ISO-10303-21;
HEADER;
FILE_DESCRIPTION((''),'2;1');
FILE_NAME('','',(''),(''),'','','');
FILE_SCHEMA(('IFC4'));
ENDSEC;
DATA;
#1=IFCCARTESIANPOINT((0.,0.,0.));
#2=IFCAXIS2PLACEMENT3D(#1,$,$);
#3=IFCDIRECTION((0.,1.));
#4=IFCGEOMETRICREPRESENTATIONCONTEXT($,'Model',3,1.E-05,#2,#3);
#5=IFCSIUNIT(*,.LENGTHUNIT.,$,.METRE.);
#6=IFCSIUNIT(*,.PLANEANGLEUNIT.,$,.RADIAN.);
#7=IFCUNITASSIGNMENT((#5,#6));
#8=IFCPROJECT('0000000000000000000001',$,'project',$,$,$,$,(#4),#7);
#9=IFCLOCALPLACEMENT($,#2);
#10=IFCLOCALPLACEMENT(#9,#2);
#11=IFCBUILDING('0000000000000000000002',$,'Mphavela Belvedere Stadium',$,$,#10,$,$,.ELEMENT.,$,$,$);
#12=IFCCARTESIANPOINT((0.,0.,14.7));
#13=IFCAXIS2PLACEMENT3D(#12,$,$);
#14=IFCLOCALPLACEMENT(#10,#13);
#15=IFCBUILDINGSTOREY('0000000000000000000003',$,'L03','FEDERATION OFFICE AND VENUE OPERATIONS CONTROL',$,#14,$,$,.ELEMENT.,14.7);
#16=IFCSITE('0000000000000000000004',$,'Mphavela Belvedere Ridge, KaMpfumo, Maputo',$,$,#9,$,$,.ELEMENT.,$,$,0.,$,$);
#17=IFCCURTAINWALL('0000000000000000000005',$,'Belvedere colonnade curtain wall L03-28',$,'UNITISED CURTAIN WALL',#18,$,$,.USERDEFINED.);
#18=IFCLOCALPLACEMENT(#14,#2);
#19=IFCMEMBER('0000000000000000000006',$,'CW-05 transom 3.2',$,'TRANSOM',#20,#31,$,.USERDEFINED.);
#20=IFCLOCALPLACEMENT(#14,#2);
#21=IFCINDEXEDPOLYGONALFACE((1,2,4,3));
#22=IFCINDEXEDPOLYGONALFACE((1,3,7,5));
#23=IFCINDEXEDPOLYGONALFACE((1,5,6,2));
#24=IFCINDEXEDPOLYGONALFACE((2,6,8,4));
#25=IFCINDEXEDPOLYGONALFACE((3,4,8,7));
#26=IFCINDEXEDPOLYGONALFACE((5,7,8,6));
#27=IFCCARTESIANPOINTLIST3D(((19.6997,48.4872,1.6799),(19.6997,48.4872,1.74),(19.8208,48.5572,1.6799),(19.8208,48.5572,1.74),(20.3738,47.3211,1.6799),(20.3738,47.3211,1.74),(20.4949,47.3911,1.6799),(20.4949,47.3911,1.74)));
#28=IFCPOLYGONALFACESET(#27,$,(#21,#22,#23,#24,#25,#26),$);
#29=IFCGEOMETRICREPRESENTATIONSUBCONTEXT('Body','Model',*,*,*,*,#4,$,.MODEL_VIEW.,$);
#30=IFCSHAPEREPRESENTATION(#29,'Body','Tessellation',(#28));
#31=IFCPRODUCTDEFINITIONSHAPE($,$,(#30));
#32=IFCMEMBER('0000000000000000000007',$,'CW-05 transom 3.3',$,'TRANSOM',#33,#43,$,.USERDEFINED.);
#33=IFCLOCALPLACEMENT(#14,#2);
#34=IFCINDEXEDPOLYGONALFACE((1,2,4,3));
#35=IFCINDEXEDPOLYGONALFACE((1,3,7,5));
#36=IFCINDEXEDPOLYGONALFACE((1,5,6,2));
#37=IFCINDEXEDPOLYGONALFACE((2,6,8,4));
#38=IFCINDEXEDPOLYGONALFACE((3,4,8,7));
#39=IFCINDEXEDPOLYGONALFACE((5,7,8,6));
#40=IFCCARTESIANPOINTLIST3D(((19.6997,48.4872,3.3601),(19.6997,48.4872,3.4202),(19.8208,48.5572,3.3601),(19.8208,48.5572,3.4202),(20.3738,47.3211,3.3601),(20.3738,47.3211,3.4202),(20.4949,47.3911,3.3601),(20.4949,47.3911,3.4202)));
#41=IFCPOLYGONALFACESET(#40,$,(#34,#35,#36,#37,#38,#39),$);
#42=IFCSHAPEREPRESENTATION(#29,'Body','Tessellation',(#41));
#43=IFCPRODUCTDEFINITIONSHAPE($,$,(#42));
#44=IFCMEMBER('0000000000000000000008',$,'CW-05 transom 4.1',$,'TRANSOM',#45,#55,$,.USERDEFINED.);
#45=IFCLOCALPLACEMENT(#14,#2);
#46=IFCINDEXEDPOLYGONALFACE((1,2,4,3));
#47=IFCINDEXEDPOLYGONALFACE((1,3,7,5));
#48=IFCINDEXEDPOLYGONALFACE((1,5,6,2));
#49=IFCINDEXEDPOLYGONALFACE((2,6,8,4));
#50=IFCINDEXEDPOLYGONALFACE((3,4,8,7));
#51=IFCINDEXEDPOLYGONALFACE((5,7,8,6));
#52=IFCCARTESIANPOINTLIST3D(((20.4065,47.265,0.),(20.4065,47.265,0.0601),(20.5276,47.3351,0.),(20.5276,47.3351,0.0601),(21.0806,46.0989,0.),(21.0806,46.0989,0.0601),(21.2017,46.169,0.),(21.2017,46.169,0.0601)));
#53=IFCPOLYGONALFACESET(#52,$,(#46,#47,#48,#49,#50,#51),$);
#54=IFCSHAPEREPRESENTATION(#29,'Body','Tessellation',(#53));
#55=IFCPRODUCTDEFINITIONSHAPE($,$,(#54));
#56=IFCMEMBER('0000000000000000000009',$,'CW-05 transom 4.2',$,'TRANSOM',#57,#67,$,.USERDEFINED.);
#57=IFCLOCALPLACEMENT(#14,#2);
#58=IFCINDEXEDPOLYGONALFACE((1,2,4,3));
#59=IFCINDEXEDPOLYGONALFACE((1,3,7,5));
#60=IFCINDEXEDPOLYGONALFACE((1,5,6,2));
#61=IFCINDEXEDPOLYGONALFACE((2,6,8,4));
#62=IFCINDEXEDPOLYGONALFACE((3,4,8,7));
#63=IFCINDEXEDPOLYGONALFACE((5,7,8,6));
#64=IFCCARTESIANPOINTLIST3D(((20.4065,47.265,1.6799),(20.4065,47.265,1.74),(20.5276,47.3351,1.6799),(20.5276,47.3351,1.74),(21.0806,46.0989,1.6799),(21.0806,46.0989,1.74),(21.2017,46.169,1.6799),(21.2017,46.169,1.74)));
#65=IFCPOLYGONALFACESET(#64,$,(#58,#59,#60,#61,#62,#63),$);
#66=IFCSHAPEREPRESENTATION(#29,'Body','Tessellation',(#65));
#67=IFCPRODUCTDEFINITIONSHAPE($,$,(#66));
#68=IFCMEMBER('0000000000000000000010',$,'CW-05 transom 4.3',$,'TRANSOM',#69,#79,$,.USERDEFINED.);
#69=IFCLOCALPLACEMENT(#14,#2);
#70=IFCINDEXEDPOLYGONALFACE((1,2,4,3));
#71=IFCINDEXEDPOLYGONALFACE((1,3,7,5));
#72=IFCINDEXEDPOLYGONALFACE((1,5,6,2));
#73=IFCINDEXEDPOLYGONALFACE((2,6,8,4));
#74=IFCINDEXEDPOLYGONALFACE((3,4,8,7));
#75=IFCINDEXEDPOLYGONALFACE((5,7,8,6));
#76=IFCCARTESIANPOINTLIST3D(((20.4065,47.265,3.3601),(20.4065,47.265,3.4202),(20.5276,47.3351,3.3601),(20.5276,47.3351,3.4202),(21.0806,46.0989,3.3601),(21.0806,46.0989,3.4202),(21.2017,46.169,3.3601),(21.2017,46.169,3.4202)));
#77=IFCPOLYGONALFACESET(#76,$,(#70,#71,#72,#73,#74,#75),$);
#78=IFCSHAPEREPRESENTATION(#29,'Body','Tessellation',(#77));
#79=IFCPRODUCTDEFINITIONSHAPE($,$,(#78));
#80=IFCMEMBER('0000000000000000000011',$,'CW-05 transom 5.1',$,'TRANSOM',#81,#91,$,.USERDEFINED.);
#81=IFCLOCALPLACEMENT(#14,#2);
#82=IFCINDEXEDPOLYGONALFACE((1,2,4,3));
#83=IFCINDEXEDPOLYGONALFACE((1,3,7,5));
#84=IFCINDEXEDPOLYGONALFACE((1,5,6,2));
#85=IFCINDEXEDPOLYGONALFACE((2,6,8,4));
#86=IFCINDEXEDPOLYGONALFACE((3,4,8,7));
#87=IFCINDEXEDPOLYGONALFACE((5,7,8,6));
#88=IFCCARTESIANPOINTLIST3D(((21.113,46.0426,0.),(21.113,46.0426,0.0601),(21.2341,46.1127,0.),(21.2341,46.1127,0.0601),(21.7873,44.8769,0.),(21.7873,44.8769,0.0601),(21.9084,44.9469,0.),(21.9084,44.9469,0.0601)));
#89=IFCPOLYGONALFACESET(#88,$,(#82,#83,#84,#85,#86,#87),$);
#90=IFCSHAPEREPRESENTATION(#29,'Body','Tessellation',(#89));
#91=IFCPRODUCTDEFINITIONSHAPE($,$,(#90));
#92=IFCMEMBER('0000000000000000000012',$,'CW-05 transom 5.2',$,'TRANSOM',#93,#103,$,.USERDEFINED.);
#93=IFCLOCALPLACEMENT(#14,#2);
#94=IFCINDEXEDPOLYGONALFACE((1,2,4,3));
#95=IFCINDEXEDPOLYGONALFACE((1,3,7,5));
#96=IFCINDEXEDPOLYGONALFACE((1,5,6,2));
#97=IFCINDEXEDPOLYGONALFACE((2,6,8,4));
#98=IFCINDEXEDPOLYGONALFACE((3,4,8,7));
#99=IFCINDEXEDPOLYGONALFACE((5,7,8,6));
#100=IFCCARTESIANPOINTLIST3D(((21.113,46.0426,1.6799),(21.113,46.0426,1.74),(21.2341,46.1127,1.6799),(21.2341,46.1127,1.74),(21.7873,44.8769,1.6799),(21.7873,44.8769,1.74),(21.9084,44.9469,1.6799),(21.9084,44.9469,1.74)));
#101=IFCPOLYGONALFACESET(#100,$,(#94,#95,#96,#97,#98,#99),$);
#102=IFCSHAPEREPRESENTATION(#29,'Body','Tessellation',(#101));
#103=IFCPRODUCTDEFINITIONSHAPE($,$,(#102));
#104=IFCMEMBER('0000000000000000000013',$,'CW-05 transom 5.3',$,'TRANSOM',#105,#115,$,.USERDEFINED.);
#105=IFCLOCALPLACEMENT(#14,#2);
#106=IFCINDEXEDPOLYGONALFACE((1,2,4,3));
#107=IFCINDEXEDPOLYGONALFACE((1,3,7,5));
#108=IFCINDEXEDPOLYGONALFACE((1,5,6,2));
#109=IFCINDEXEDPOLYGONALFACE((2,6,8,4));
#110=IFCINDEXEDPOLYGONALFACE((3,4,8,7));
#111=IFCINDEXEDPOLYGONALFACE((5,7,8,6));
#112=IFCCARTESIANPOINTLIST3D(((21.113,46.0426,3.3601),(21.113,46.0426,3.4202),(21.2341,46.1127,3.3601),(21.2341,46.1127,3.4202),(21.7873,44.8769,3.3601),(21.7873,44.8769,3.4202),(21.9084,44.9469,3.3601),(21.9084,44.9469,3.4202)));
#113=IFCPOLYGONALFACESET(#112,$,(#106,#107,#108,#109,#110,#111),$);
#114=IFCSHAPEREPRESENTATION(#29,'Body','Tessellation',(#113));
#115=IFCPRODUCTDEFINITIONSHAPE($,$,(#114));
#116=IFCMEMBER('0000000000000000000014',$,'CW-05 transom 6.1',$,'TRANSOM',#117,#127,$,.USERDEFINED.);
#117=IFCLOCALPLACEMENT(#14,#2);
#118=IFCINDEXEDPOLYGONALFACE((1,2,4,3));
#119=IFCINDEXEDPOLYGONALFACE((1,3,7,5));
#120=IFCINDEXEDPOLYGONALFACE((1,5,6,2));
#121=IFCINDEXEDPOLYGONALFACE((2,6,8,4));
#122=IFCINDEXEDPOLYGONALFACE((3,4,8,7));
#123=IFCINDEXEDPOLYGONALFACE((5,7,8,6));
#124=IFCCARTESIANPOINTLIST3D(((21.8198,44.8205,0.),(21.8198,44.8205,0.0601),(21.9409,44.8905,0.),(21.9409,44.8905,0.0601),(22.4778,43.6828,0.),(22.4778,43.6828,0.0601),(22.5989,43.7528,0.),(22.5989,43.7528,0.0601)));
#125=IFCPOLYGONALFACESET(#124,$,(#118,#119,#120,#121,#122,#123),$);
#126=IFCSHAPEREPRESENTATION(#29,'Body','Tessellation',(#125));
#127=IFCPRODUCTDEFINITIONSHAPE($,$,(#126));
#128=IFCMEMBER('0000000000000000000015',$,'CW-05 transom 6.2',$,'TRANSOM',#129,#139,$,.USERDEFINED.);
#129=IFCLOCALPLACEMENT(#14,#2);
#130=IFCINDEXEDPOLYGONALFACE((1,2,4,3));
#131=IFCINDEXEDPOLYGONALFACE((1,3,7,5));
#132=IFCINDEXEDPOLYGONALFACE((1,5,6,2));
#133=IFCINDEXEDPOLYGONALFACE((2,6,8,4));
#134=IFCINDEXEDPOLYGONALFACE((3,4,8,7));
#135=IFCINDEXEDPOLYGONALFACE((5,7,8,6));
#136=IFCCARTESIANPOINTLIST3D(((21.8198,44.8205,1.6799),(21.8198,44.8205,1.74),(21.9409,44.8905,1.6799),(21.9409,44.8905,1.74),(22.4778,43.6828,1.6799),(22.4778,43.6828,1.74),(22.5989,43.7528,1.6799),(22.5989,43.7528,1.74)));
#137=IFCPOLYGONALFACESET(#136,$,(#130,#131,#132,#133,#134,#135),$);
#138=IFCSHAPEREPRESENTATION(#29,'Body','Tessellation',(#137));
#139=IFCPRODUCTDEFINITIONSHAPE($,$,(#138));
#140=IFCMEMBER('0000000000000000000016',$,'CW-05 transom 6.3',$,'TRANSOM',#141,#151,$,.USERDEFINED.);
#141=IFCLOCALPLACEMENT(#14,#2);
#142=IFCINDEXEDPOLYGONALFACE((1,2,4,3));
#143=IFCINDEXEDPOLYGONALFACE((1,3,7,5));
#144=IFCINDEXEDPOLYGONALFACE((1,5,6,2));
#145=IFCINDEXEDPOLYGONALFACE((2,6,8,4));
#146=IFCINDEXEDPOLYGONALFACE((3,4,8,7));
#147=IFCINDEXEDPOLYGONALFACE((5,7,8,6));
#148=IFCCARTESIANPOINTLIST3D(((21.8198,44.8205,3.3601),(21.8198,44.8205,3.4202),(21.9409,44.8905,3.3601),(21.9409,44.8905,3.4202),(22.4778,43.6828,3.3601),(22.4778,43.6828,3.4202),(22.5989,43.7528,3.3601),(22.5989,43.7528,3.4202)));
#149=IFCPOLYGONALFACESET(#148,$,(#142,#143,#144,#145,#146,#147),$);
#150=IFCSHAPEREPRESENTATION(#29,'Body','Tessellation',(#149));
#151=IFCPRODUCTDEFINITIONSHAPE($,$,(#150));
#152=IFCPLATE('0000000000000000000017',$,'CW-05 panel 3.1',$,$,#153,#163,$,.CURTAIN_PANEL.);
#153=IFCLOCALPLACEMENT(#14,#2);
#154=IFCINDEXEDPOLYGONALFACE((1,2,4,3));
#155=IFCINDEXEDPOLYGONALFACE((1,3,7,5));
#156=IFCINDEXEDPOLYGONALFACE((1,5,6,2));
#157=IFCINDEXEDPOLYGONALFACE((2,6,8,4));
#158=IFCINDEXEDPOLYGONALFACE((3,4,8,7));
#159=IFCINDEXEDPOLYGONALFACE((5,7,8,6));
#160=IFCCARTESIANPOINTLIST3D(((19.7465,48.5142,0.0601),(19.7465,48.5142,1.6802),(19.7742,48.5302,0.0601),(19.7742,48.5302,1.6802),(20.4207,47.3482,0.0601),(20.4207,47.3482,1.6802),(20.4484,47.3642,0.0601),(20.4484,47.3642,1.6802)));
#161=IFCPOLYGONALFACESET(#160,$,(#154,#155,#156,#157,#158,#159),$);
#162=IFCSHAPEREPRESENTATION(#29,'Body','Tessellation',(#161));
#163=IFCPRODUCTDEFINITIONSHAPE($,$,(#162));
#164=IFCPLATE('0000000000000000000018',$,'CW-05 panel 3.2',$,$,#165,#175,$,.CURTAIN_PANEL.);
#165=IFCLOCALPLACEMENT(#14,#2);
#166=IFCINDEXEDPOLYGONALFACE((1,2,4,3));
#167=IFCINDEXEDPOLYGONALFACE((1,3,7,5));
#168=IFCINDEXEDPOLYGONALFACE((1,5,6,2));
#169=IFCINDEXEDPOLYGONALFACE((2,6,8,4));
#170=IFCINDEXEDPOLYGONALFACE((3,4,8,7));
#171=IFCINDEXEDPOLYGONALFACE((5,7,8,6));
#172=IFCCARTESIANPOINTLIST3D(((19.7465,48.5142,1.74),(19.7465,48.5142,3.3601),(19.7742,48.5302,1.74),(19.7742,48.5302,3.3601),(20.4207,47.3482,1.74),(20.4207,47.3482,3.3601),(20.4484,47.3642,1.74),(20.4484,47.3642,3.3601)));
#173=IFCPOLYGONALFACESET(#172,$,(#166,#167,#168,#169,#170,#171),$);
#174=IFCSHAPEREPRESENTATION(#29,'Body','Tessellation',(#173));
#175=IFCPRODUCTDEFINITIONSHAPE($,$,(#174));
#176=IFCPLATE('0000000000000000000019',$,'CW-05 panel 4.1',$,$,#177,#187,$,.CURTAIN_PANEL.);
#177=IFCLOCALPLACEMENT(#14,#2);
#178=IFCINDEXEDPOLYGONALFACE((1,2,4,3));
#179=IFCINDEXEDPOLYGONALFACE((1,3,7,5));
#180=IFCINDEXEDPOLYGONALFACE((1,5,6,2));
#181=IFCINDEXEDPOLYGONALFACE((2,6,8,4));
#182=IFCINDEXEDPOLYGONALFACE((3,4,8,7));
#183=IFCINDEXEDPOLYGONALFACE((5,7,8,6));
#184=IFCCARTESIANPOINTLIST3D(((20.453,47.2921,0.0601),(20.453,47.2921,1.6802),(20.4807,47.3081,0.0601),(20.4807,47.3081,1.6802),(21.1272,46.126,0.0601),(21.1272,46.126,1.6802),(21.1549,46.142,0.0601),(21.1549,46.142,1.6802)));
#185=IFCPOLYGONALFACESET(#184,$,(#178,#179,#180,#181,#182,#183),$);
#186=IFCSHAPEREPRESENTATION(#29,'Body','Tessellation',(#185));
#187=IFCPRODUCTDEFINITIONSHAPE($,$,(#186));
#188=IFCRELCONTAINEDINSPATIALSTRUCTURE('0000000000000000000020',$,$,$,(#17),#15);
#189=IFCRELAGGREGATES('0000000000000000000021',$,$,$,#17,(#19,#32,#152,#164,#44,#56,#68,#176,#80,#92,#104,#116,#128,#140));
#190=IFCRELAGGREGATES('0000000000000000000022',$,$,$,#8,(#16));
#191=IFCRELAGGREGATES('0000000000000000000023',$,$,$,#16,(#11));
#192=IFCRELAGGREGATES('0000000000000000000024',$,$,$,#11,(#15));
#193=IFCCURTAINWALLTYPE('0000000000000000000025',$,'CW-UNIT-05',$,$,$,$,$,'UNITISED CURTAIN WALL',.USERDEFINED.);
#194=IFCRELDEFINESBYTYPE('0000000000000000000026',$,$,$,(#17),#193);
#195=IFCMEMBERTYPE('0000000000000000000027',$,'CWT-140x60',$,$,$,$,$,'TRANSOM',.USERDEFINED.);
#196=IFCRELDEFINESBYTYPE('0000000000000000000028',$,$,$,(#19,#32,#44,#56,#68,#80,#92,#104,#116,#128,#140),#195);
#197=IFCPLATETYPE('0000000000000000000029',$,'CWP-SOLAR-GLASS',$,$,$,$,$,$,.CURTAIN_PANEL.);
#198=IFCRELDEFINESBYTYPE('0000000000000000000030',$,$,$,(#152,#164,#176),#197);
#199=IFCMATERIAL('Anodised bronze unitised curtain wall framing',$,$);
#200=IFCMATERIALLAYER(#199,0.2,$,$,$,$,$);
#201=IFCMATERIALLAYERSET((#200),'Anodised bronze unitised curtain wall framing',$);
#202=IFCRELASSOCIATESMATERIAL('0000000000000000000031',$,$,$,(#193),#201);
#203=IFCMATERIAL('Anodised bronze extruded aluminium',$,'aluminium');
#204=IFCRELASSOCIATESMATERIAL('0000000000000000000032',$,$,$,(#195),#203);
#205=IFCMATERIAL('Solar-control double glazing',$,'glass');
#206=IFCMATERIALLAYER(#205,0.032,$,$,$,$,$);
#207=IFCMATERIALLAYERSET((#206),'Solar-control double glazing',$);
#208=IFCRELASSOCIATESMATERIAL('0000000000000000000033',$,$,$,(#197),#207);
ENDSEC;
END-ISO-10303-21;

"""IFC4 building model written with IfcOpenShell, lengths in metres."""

from ifc_helpers import new_model, si_unit, direction, frame, origin, origin_2d, place, context, subcontext, project, spatial, rectangle, extrude, material, layer, layer_set, material_profile, profile_set, type_object, element, aggregate, save


model = new_model("IFC4")

# Units and contexts
model_context = context("Model", 3, precision=1e-05, world=origin(), true_north=direction((0.0, 1.0)))
body_context = subcontext(model_context, "Body", "Model", "MODEL_VIEW")
ifc_project = project(units=[si_unit("LENGTHUNIT", "METRE"), si_unit("PLANEANGLEUNIT", "RADIAN")], contexts=[model_context])

# Site, building, storey
site_placement = place(None, origin())
site = spatial("IfcSite", under=ifc_project, at=site_placement, Name="Mphavela Belvedere Ridge, KaMpfumo, Maputo", CompositionType="ELEMENT", RefElevation=0.0)
building_placement = place(site_placement, origin())
building = spatial("IfcBuilding", under=site, at=building_placement, Name="Mphavela Belvedere Stadium", CompositionType="ELEMENT")
storey_placement = place(building_placement, frame((0.0, 0.0, 14.7)))
storey = spatial("IfcBuildingStorey", under=building, at=storey_placement, Name="L03", Description="FEDERATION OFFICE AND VENUE OPERATIONS CONTROL", CompositionType="ELEMENT", Elevation=14.7)

# Curtain wall, members, plates
ifc_material_1 = material(Name="Anodised bronze unitised curtain wall framing")
ifc_layer_1 = layer(ifc_material_1, 0.2)
ifc_layer_set_1 = layer_set([ifc_layer_1], Name="Anodised bronze unitised curtain wall framing")
curtain_wall_type = type_object("IfcCurtainWallType", Name="CW-UNIT-05", ElementType="UNITISED CURTAIN WALL", PredefinedType="USERDEFINED", material=ifc_layer_set_1)
curtain_wall_placement = place(storey_placement, origin())
curtain_wall = element("IfcCurtainWall", 1, at=curtain_wall_placement, inside=storey, type_object=curtain_wall_type, Name="Belvedere colonnade curtain wall L03-28", ObjectType="UNITISED CURTAIN WALL", PredefinedType="USERDEFINED")
ifc_material_2 = material(Name="Anodised bronze extruded aluminium", Category="aluminium")
ifc_material_profile_1 = material_profile(ifc_material_2, rectangle(XDim=0.1399, YDim=0.0601, at=origin_2d()), Name="CW-TRN 140x60")
ifc_profile_set_1 = profile_set([ifc_material_profile_1], Name="Anodised bronze extruded aluminium")
member_type_1 = type_object("IfcMemberType", Name="CWT-140x60", ElementType="TRANSOM", PredefinedType="USERDEFINED", material=ifc_profile_set_1)
member_1_placement = place(storey_placement, frame((19.7603, 48.5222, 1.71), z_axis=(0.500486, -0.865745, 0.0), x_axis=(0.865745, 0.500486, 0.0)))
member_1 = element("IfcMember", 2, at=member_1_placement, type_object=member_type_1, Name="CW-05 transom 3.2", ObjectType="TRANSOM", PredefinedType="USERDEFINED", context=body_context, shape_type="SweptSolid", body=[
    extrude(rectangle(XDim=0.1399, YDim=0.0601, at=origin_2d()), origin(), (0.0, 0.0, 1.0), 1.3469),
])
member_2_placement = place(storey_placement, frame((19.7603, 48.5222, 3.3901), z_axis=(0.500486, -0.865745, 0.0), x_axis=(0.865745, 0.500486, 0.0)))
member_2 = element("IfcMember", 3, at=member_2_placement, type_object=member_type_1, Name="CW-05 transom 3.3", ObjectType="TRANSOM", PredefinedType="USERDEFINED", context=body_context, shape_type="SweptSolid", body=[
    extrude(rectangle(XDim=0.1399, YDim=0.0601, at=origin_2d()), origin(), (0.0, 0.0, 1.0), 1.3469),
])
member_3_placement = place(storey_placement, frame((20.467, 47.3, 0.03), z_axis=(0.500486, -0.865745, 0.0), x_axis=(0.865745, 0.500486, 0.0)))
member_3 = element("IfcMember", 4, at=member_3_placement, type_object=member_type_1, Name="CW-05 transom 4.1", ObjectType="TRANSOM", PredefinedType="USERDEFINED", context=body_context, shape_type="SweptSolid", body=[
    extrude(rectangle(XDim=0.1399, YDim=0.0601, at=origin_2d()), origin(), (0.0, 0.0, 1.0), 1.3469),
])
member_4_placement = place(storey_placement, frame((20.467, 47.3, 1.71), z_axis=(0.500486, -0.865745, 0.0), x_axis=(0.865745, 0.500486, 0.0)))
member_4 = element("IfcMember", 5, at=member_4_placement, type_object=member_type_1, Name="CW-05 transom 4.2", ObjectType="TRANSOM", PredefinedType="USERDEFINED", context=body_context, shape_type="SweptSolid", body=[
    extrude(rectangle(XDim=0.1399, YDim=0.0601, at=origin_2d()), origin(), (0.0, 0.0, 1.0), 1.3469),
])
member_5_placement = place(storey_placement, frame((20.467, 47.3, 3.3901), z_axis=(0.500486, -0.865745, 0.0), x_axis=(0.865745, 0.500486, 0.0)))
member_5 = element("IfcMember", 6, at=member_5_placement, type_object=member_type_1, Name="CW-05 transom 4.3", ObjectType="TRANSOM", PredefinedType="USERDEFINED", context=body_context, shape_type="SweptSolid", body=[
    extrude(rectangle(XDim=0.1399, YDim=0.0601, at=origin_2d()), origin(), (0.0, 0.0, 1.0), 1.3469),
])
member_6_placement = place(storey_placement, frame((21.1736, 46.0776, 0.03), z_axis=(0.5007, -0.865621, 0.0), x_axis=(0.865621, 0.5007, 0.0)))
member_6 = element("IfcMember", 7, at=member_6_placement, type_object=member_type_1, Name="CW-05 transom 5.1", ObjectType="TRANSOM", PredefinedType="USERDEFINED", context=body_context, shape_type="SweptSolid", body=[
    extrude(rectangle(XDim=0.1399, YDim=0.0601, at=origin_2d()), origin(), (0.0, 0.0, 1.0), 1.3467),
])
member_7_placement = place(storey_placement, frame((21.1736, 46.0776, 1.71), z_axis=(0.5007, -0.865621, 0.0), x_axis=(0.865621, 0.5007, 0.0)))
member_7 = element("IfcMember", 8, at=member_7_placement, type_object=member_type_1, Name="CW-05 transom 5.2", ObjectType="TRANSOM", PredefinedType="USERDEFINED", context=body_context, shape_type="SweptSolid", body=[
    extrude(rectangle(XDim=0.1399, YDim=0.0601, at=origin_2d()), origin(), (0.0, 0.0, 1.0), 1.3467),
])
member_8_placement = place(storey_placement, frame((21.1736, 46.0776, 3.3901), z_axis=(0.5007, -0.865621, 0.0), x_axis=(0.865621, 0.5007, 0.0)))
member_8 = element("IfcMember", 9, at=member_8_placement, type_object=member_type_1, Name="CW-05 transom 5.3", ObjectType="TRANSOM", PredefinedType="USERDEFINED", context=body_context, shape_type="SweptSolid", body=[
    extrude(rectangle(XDim=0.1399, YDim=0.0601, at=origin_2d()), origin(), (0.0, 0.0, 1.0), 1.3467),
])
member_9_placement = place(storey_placement, frame((21.8804, 44.8555, 0.03), z_axis=(0.500633, -0.865659, 0.0), x_axis=(0.865659, 0.500633, 0.0)))
member_9 = element("IfcMember", 10, at=member_9_placement, type_object=member_type_1, Name="CW-05 transom 6.1", ObjectType="TRANSOM", PredefinedType="USERDEFINED", context=body_context, shape_type="SweptSolid", body=[
    extrude(rectangle(XDim=0.1399, YDim=0.0601, at=origin_2d()), origin(), (0.0, 0.0, 1.0), 1.3142),
])
member_10_placement = place(storey_placement, frame((21.8804, 44.8555, 1.71), z_axis=(0.500633, -0.865659, 0.0), x_axis=(0.865659, 0.500633, 0.0)))
member_10 = element("IfcMember", 11, at=member_10_placement, type_object=member_type_1, Name="CW-05 transom 6.2", ObjectType="TRANSOM", PredefinedType="USERDEFINED", context=body_context, shape_type="SweptSolid", body=[
    extrude(rectangle(XDim=0.1399, YDim=0.0601, at=origin_2d()), origin(), (0.0, 0.0, 1.0), 1.3142),
])
member_11_placement = place(storey_placement, frame((21.8804, 44.8555, 3.3901), z_axis=(0.500633, -0.865659, 0.0), x_axis=(0.865659, 0.500633, 0.0)))
member_11 = element("IfcMember", 12, at=member_11_placement, type_object=member_type_1, Name="CW-05 transom 6.3", ObjectType="TRANSOM", PredefinedType="USERDEFINED", context=body_context, shape_type="SweptSolid", body=[
    extrude(rectangle(XDim=0.1399, YDim=0.0601, at=origin_2d()), origin(), (0.0, 0.0, 1.0), 1.3142),
])
ifc_material_3 = material(Name="Solar-control double glazing", Category="glass")
ifc_layer_2 = layer(ifc_material_3, 0.032)
ifc_layer_set_2 = layer_set([ifc_layer_2], Name="Solar-control double glazing")
plate_type = type_object("IfcPlateType", Name="CWP-SOLAR-GLASS", PredefinedType="CURTAIN_PANEL", material=ifc_layer_set_2)
plate_1_placement = place(storey_placement, frame((20.0974, 47.9392, 0.0601), z_axis=(0.0, 0.0, 1.0), x_axis=(0.500554, -0.865705, 0.0)))
plate_1 = element("IfcPlate", 13, at=plate_1_placement, type_object=plate_type, Name="CW-05 panel 3.1", PredefinedType="CURTAIN_PANEL", context=body_context, shape_type="SweptSolid", body=[
    extrude(rectangle(XDim=1.3469, YDim=0.032, at=origin_2d()), origin(), (0.0, 0.0, 1.0), 1.6201),
])
plate_2_placement = place(storey_placement, frame((20.0974, 47.9392, 1.74), z_axis=(0.0, 0.0, 1.0), x_axis=(0.500554, -0.865705, 0.0)))
plate_2 = element("IfcPlate", 14, at=plate_2_placement, type_object=plate_type, Name="CW-05 panel 3.2", PredefinedType="CURTAIN_PANEL", context=body_context, shape_type="SweptSolid", body=[
    extrude(rectangle(XDim=1.3469, YDim=0.032, at=origin_2d()), origin(), (0.0, 0.0, 1.0), 1.6201),
])
plate_3_placement = place(storey_placement, frame((20.804, 46.717, 0.0601), z_axis=(0.0, 0.0, 1.0), x_axis=(0.500554, -0.865705, 0.0)))
plate_3 = element("IfcPlate", 15, at=plate_3_placement, type_object=plate_type, Name="CW-05 panel 4.1", PredefinedType="CURTAIN_PANEL", context=body_context, shape_type="SweptSolid", body=[
    extrude(rectangle(XDim=1.3469, YDim=0.032, at=origin_2d()), origin(), (0.0, 0.0, 1.0), 1.6201),
])
aggregate(curtain_wall, [member_1, member_2, plate_1, plate_2, member_3, member_4, member_5, plate_3, member_6, member_7, member_8, member_9, member_10, member_11])

save(model, "model.ifc")
